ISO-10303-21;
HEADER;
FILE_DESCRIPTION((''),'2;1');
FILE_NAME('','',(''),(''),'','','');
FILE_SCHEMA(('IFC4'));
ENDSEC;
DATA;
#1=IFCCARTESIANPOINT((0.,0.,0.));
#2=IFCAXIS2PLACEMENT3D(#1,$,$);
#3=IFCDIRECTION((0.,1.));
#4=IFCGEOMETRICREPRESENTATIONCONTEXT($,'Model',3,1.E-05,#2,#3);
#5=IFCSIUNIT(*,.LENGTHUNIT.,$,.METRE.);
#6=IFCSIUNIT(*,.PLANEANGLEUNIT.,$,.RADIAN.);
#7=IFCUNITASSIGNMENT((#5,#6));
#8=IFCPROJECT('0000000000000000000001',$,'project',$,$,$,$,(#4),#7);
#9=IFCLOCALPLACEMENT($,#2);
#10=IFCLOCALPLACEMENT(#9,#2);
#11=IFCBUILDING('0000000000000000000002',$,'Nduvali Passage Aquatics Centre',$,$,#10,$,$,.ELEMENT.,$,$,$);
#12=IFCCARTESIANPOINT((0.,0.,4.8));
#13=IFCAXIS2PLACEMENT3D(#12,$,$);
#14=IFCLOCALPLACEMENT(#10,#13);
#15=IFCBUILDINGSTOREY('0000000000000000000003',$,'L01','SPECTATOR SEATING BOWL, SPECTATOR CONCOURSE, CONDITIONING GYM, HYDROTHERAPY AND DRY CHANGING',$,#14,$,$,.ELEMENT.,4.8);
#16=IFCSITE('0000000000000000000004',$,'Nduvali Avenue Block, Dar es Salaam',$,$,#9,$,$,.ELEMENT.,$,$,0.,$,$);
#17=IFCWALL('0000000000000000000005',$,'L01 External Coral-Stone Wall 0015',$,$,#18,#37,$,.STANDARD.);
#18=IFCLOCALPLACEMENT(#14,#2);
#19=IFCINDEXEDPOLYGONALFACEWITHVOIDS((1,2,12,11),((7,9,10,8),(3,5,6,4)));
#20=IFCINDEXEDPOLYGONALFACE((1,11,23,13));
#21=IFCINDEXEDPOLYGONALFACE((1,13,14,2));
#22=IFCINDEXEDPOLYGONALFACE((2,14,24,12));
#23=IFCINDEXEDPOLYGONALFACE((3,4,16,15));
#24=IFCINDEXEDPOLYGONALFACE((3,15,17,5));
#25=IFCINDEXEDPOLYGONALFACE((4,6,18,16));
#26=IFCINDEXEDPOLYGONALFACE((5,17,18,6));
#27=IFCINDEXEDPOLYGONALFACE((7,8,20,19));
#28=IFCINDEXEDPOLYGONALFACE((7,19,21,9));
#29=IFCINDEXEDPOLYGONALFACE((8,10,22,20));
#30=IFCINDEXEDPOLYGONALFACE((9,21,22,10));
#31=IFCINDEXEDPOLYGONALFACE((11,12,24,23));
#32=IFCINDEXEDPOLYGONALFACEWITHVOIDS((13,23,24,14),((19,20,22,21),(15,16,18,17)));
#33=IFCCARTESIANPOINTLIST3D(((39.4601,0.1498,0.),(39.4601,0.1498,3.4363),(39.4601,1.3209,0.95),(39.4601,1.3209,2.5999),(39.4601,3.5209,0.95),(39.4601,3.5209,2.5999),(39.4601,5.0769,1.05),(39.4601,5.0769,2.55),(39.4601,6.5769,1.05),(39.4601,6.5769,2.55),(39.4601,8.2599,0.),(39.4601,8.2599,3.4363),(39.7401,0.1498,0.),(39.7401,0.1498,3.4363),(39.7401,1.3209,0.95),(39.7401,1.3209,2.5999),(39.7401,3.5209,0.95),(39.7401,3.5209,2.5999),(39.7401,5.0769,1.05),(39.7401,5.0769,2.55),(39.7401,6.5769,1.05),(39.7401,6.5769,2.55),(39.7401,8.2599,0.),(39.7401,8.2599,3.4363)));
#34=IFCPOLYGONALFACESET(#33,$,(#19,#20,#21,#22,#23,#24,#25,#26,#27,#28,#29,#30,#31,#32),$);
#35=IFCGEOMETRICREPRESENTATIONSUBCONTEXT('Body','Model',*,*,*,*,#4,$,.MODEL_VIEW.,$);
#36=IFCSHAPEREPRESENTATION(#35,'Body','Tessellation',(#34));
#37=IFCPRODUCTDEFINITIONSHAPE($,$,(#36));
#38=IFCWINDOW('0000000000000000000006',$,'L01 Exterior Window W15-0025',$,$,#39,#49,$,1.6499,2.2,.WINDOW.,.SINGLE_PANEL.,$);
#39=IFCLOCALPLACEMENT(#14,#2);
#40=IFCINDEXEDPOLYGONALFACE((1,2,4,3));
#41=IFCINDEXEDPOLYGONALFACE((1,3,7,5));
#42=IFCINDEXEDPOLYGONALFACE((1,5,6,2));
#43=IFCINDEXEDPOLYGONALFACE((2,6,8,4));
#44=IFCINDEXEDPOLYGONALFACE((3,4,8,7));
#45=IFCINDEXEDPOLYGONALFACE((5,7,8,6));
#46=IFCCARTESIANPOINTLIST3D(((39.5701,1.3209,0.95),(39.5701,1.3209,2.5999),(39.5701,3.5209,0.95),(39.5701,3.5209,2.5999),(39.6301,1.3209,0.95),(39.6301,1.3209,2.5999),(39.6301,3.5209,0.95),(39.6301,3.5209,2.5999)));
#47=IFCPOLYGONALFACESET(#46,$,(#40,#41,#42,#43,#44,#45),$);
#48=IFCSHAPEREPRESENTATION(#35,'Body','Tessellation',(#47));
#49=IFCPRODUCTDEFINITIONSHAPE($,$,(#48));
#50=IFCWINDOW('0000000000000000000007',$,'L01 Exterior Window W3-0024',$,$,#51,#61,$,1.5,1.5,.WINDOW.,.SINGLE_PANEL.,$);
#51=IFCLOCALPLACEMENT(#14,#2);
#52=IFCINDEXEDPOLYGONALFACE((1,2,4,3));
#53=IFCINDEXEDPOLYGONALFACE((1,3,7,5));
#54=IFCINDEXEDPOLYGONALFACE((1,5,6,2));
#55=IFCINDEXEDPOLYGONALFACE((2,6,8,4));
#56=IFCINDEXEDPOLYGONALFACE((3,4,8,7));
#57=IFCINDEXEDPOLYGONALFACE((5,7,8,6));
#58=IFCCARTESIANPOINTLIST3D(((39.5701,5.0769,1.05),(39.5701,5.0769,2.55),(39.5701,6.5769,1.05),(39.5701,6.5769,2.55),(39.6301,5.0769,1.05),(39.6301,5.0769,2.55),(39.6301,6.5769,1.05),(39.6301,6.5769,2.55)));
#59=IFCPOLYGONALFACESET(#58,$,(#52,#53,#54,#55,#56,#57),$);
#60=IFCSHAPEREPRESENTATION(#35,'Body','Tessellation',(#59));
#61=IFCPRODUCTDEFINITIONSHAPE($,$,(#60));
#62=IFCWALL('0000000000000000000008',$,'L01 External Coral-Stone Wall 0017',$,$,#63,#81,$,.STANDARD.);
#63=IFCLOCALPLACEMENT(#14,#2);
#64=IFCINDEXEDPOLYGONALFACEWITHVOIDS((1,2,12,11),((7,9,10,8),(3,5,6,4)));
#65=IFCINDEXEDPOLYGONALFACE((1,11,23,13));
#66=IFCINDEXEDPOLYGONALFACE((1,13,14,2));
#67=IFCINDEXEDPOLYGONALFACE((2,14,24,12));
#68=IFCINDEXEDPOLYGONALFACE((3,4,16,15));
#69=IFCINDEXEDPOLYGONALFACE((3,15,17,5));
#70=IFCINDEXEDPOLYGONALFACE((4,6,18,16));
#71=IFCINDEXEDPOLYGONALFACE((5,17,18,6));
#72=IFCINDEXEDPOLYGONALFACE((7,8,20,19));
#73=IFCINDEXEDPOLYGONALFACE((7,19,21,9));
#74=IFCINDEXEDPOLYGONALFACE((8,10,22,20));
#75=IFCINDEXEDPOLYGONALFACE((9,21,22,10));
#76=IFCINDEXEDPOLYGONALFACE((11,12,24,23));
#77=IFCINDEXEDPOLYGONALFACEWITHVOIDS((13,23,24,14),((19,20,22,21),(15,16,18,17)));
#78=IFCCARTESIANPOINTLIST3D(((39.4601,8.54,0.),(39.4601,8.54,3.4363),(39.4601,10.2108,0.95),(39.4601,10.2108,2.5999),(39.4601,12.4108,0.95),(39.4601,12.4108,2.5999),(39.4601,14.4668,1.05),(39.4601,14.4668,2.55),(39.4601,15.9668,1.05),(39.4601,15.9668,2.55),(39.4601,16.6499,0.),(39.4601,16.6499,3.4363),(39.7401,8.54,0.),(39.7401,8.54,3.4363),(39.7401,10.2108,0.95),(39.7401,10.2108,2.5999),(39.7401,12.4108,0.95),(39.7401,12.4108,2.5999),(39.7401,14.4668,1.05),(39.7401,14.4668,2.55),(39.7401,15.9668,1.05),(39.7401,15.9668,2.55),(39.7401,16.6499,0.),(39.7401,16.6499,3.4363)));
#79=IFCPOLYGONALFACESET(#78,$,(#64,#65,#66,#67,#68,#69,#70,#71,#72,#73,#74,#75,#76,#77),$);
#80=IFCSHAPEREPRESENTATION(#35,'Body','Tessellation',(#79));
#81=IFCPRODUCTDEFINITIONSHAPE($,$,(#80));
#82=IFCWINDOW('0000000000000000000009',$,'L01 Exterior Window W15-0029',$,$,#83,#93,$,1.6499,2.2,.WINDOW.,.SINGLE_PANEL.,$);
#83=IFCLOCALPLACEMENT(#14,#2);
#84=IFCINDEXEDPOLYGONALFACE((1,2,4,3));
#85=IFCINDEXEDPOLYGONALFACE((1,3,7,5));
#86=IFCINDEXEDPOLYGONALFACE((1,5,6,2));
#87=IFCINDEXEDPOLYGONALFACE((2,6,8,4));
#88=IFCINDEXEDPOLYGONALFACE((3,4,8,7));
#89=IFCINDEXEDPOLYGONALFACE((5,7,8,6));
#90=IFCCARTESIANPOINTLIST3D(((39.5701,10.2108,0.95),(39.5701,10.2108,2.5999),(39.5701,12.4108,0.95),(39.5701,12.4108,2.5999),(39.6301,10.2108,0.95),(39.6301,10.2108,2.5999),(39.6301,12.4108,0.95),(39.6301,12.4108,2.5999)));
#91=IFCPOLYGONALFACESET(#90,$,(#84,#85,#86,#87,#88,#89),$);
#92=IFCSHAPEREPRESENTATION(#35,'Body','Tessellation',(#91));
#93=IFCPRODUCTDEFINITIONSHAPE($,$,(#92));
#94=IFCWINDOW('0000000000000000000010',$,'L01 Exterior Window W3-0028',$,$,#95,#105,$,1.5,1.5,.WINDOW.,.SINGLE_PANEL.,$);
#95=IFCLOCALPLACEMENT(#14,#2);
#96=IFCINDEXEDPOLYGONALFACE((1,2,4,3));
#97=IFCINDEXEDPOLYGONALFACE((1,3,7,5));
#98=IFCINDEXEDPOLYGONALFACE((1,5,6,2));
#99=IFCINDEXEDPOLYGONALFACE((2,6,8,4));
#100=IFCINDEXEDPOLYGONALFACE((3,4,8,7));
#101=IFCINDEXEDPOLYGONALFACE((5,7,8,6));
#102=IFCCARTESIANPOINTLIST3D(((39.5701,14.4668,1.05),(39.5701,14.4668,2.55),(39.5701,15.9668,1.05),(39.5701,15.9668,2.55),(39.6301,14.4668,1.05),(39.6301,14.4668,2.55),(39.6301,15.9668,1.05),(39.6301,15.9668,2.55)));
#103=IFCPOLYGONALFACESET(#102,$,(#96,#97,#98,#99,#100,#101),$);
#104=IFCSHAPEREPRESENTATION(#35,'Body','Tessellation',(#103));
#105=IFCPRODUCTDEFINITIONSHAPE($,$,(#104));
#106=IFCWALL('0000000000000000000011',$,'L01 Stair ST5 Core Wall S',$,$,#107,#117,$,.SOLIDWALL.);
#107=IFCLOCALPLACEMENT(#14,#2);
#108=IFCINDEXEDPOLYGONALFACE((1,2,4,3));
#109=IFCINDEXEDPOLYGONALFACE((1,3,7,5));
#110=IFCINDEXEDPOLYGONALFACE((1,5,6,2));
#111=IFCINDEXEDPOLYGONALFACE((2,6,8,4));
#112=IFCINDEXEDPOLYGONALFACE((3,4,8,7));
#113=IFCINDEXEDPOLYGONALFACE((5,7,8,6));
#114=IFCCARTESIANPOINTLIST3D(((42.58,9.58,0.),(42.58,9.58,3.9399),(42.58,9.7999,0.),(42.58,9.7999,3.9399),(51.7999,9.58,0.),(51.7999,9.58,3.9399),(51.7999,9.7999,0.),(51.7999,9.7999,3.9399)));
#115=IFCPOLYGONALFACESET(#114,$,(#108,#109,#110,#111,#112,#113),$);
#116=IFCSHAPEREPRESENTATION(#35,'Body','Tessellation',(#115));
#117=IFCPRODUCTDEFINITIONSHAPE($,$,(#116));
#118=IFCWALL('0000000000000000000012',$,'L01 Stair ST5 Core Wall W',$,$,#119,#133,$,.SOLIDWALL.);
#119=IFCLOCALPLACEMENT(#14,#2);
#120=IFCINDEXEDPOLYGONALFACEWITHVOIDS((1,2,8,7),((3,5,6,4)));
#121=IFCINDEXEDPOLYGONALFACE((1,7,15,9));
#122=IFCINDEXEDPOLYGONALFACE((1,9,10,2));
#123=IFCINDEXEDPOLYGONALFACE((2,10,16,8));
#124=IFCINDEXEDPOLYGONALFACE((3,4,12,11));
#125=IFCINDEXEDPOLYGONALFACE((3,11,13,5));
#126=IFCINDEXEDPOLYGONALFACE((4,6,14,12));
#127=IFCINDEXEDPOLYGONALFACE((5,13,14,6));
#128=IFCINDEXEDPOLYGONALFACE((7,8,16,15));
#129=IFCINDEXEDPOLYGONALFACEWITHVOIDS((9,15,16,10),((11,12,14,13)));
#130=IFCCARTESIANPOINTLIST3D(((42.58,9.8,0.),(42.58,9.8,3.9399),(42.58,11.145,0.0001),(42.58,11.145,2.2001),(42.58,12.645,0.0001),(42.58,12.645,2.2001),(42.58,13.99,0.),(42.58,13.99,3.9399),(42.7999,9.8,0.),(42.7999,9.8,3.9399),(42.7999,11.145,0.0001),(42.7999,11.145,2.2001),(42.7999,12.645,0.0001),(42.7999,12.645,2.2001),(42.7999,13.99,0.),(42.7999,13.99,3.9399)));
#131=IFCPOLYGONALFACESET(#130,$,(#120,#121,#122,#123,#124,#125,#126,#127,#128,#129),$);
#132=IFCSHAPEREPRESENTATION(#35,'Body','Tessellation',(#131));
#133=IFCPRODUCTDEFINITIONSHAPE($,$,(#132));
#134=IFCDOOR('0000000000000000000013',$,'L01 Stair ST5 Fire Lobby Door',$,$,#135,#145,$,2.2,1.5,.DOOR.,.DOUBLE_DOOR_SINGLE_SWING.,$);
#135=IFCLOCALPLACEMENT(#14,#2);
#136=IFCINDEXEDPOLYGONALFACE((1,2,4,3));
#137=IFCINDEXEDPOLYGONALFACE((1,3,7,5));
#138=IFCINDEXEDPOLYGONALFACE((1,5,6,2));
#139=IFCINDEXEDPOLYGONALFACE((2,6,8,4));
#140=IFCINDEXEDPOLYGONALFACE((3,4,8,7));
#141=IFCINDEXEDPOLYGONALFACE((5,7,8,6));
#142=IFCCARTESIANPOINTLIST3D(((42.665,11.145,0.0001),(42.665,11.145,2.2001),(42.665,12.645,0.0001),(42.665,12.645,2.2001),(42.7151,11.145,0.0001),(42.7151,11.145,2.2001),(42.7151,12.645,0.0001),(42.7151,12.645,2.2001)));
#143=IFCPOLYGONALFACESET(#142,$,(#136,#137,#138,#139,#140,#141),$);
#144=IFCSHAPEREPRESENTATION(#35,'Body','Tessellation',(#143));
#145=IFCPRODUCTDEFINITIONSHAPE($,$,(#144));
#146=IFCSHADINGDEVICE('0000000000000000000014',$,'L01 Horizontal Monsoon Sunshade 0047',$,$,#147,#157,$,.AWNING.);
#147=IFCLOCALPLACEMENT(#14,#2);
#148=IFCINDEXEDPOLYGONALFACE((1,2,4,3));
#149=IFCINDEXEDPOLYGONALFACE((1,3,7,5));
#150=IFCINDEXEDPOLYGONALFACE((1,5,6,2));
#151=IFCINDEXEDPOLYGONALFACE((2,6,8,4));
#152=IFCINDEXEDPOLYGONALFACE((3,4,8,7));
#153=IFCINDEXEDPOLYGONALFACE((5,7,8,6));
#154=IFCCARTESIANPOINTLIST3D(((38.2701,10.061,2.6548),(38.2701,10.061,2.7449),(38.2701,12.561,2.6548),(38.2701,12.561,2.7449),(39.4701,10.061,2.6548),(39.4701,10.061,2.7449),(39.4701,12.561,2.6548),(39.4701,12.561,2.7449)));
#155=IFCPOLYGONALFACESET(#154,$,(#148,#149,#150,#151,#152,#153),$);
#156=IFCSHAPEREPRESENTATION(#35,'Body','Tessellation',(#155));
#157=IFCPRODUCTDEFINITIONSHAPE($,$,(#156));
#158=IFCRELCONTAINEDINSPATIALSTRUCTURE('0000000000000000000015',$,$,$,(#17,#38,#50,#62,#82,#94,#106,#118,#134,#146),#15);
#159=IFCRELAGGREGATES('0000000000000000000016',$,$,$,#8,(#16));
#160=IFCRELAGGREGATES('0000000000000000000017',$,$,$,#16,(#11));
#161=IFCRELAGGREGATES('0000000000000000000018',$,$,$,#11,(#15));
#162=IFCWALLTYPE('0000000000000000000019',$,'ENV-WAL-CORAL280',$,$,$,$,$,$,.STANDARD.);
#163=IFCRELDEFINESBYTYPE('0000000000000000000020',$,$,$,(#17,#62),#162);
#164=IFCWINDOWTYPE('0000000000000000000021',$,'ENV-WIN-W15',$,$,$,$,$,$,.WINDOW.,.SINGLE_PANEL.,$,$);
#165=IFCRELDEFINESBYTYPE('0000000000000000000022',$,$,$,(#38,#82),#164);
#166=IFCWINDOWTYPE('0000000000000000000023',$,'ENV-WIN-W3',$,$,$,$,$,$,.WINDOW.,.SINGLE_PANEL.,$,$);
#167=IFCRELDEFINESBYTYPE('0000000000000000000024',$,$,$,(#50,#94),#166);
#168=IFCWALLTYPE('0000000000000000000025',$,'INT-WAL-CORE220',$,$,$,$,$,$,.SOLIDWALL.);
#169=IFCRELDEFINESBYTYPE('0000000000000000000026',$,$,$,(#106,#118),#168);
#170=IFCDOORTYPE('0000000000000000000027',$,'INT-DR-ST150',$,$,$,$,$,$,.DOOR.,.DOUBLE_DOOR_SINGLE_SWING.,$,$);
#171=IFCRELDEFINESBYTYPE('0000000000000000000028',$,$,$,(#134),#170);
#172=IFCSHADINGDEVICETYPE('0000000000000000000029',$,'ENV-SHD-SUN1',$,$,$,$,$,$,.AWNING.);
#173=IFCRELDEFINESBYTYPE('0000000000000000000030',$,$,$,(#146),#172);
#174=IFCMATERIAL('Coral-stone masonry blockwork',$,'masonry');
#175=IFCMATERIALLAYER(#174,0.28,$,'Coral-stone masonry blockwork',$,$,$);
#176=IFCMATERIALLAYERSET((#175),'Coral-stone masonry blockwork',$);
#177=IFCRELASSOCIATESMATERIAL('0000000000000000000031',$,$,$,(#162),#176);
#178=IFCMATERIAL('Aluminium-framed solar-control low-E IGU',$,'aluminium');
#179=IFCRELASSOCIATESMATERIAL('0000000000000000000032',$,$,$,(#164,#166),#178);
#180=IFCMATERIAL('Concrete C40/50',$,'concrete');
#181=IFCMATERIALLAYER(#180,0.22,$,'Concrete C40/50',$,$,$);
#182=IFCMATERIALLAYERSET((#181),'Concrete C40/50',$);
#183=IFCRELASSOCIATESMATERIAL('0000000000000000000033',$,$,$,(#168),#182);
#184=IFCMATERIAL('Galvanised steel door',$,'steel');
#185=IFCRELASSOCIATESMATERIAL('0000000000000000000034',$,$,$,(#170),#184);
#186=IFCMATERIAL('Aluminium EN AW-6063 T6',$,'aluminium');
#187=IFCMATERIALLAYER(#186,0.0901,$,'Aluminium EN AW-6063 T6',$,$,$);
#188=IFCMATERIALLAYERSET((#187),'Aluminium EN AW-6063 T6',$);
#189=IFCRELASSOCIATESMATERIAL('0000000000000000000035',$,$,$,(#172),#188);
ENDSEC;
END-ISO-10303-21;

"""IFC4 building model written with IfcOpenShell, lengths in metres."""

from ifc_helpers import new_model, si_unit, direction, frame, frame_2d, origin, origin_2d, place, context, subcontext, project, spatial, rectangle, extrude, material, layer, layer_set, type_object, element, fill, save


model = new_model("IFC4")

# Units and contexts
model_context = context("Model", 3, precision=1e-05, world=origin(), true_north=direction((0.0, 1.0)))
body_context = subcontext(model_context, "Body", "Model", "MODEL_VIEW")
ifc_project = project(units=[si_unit("LENGTHUNIT", "METRE"), si_unit("PLANEANGLEUNIT", "RADIAN")], contexts=[model_context])

# Site, building, storey
site_placement = place(None, origin())
site = spatial("IfcSite", under=ifc_project, at=site_placement, Name="Nduvali Avenue Block, Dar es Salaam", CompositionType="ELEMENT", RefElevation=0.0)
building_placement = place(site_placement, origin())
building = spatial("IfcBuilding", under=site, at=building_placement, Name="Nduvali Passage Aquatics Centre", CompositionType="ELEMENT")
storey_placement = place(building_placement, frame((0.0, 0.0, 4.8)))
storey = spatial("IfcBuildingStorey", under=building, at=storey_placement, Name="L01", Description="SPECTATOR SEATING BOWL, SPECTATOR CONCOURSE, CONDITIONING GYM, HYDROTHERAPY AND DRY CHANGING", CompositionType="ELEMENT", Elevation=4.8)

# Walls, openings, windows
ifc_material_1 = material(Name="Coral-stone masonry blockwork", Category="masonry")
ifc_layer_1 = layer(ifc_material_1, 0.28, Name="Coral-stone masonry blockwork")
ifc_layer_set_1 = layer_set([ifc_layer_1], Name="Coral-stone masonry blockwork")
wall_type_1 = type_object("IfcWallType", Name="ENV-WAL-CORAL280", PredefinedType="STANDARD", material=ifc_layer_set_1)
wall_1_placement = place(storey_placement, frame((39.6001, 8.26, 0.0), z_axis=(0.0, 0.0, 1.0), x_axis=(0.0, -1.0, 0.0)))
wall_1 = element("IfcWall", 1, at=wall_1_placement, inside=storey, type_object=wall_type_1, Name="L01 External Coral-Stone Wall 0015", PredefinedType="STANDARD", context=body_context, shape_type="SweptSolid", body=[
    extrude(rectangle(XDim=8.1101, YDim=0.28, at=frame_2d((4.0552, 0.0))), origin(), (0.0, 0.0, 1.0), 3.4363),
])
opening_1_placement = place(wall_1_placement, frame((1.6831, 0.0, 1.05)))
opening_1 = element("IfcOpeningElement", 2, at=opening_1_placement, cuts=wall_1, PredefinedType="OPENING", context=body_context, shape_type="SweptSolid", body=[
    extrude(rectangle(XDim=1.5, YDim=1.5, at=frame_2d((0.75, 0.75))), frame((0.0, 0.1548, 0.0), z_axis=(0.0, -1.0, 0.0), x_axis=(1.0, 0.0, 0.0)), (0.0, 0.0, 1.0), 0.3098),
])
opening_2_placement = place(wall_1_placement, frame((4.739, 0.0, 0.95)))
opening_2 = element("IfcOpeningElement", 3, at=opening_2_placement, cuts=wall_1, PredefinedType="OPENING", context=body_context, shape_type="SweptSolid", body=[
    extrude(rectangle(XDim=2.2, YDim=1.6499, at=frame_2d((1.1001, 0.825))), frame((0.0, 0.1548, 0.0), z_axis=(0.0, -1.0, 0.0), x_axis=(1.0, 0.0, 0.0)), (0.0, 0.0, 1.0), 0.3098),
])
ifc_material_2 = material(Name="Aluminium-framed solar-control low-E IGU", Category="aluminium")
window_type_1 = type_object("IfcWindowType", Name="ENV-WIN-W15", PartitioningType="SINGLE_PANEL", PredefinedType="WINDOW", material=ifc_material_2)
window_1_placement = place(opening_2_placement, origin())
window_1 = element("IfcWindow", 4, at=window_1_placement, inside=storey, type_object=window_type_1, Name="L01 Exterior Window W15-0025", OverallHeight=1.6499, OverallWidth=2.2, PartitioningType="SINGLE_PANEL", PredefinedType="WINDOW", context=body_context, shape_type="SweptSolid", body=[
    extrude(rectangle(XDim=2.2, YDim=1.6499, at=frame_2d((1.1001, 0.825))), frame((0.0, 0.03, 0.0), z_axis=(0.0, -1.0, 0.0), x_axis=(1.0, 0.0, 0.0)), (0.0, 0.0, 1.0), 0.0601),
])
fill(opening_2, window_1)
window_type_2 = type_object("IfcWindowType", Name="ENV-WIN-W3", PartitioningType="SINGLE_PANEL", PredefinedType="WINDOW", material=ifc_material_2)
window_2_placement = place(opening_1_placement, origin())
window_2 = element("IfcWindow", 5, at=window_2_placement, inside=storey, type_object=window_type_2, Name="L01 Exterior Window W3-0024", OverallHeight=1.5, OverallWidth=1.5, PartitioningType="SINGLE_PANEL", PredefinedType="WINDOW", context=body_context, shape_type="SweptSolid", body=[
    extrude(rectangle(XDim=1.5, YDim=1.5, at=frame_2d((0.75, 0.75))), frame((0.0, 0.03, 0.0), z_axis=(0.0, -1.0, 0.0), x_axis=(1.0, 0.0, 0.0)), (0.0, 0.0, 1.0), 0.0601),
])
fill(opening_1, window_2)
wall_2_placement = place(storey_placement, frame((39.6001, 16.6499, 0.0), z_axis=(0.0, 0.0, 1.0), x_axis=(0.0, -1.0, 0.0)))
wall_2 = element("IfcWall", 6, at=wall_2_placement, inside=storey, type_object=wall_type_1, Name="L01 External Coral-Stone Wall 0017", PredefinedType="STANDARD", context=body_context, shape_type="SweptSolid", body=[
    extrude(rectangle(XDim=8.1099, YDim=0.28, at=frame_2d((4.0549, 0.0))), origin(), (0.0, 0.0, 1.0), 3.4363),
])
opening_3_placement = place(wall_2_placement, frame((0.6831, 0.0, 1.05)))
opening_3 = element("IfcOpeningElement", 7, at=opening_3_placement, cuts=wall_2, PredefinedType="OPENING", context=body_context, shape_type="SweptSolid", body=[
    extrude(rectangle(XDim=1.5, YDim=1.5, at=frame_2d((0.75, 0.75))), frame((0.0, 0.1548, 0.0), z_axis=(0.0, -1.0, 0.0), x_axis=(1.0, 0.0, 0.0)), (0.0, 0.0, 1.0), 0.3098),
])
opening_4_placement = place(wall_2_placement, frame((4.239, 0.0, 0.95)))
opening_4 = element("IfcOpeningElement", 8, at=opening_4_placement, cuts=wall_2, PredefinedType="OPENING", context=body_context, shape_type="SweptSolid", body=[
    extrude(rectangle(XDim=2.2, YDim=1.6499, at=frame_2d((1.1001, 0.825))), frame((0.0, 0.1548, 0.0), z_axis=(0.0, -1.0, 0.0), x_axis=(1.0, 0.0, 0.0)), (0.0, 0.0, 1.0), 0.3098),
])
window_3_placement = place(opening_4_placement, origin())
window_3 = element("IfcWindow", 9, at=window_3_placement, inside=storey, type_object=window_type_1, Name="L01 Exterior Window W15-0029", OverallHeight=1.6499, OverallWidth=2.2, PartitioningType="SINGLE_PANEL", PredefinedType="WINDOW", context=body_context, shape_type="SweptSolid", body=[
    extrude(rectangle(XDim=2.2, YDim=1.6499, at=frame_2d((1.1001, 0.825))), frame((0.0, 0.03, 0.0), z_axis=(0.0, -1.0, 0.0), x_axis=(1.0, 0.0, 0.0)), (0.0, 0.0, 1.0), 0.0601),
])
fill(opening_4, window_3)
window_4_placement = place(opening_3_placement, origin())
window_4 = element("IfcWindow", 10, at=window_4_placement, inside=storey, type_object=window_type_2, Name="L01 Exterior Window W3-0028", OverallHeight=1.5, OverallWidth=1.5, PartitioningType="SINGLE_PANEL", PredefinedType="WINDOW", context=body_context, shape_type="SweptSolid", body=[
    extrude(rectangle(XDim=1.5, YDim=1.5, at=frame_2d((0.75, 0.75))), frame((0.0, 0.03, 0.0), z_axis=(0.0, -1.0, 0.0), x_axis=(1.0, 0.0, 0.0)), (0.0, 0.0, 1.0), 0.0601),
])
fill(opening_3, window_4)

# Wall
ifc_material_3 = material(Name="Concrete C40/50", Category="concrete")
ifc_layer_2 = layer(ifc_material_3, 0.22, Name="Concrete C40/50")
ifc_layer_set_2 = layer_set([ifc_layer_2], Name="Concrete C40/50")
wall_type_2 = type_object("IfcWallType", Name="INT-WAL-CORE220", PredefinedType="SOLIDWALL", material=ifc_layer_set_2)
wall_3_placement = place(storey_placement, frame((42.5801, 9.6899, 0.0), z_axis=(0.0, 0.0, 1.0), x_axis=(1.0, 0.0, 0.0)))
element("IfcWall", 11, at=wall_3_placement, inside=storey, type_object=wall_type_2, Name="L01 Stair ST5 Core Wall S", PredefinedType="SOLIDWALL", context=body_context, shape_type="SweptSolid", body=[
    extrude(rectangle(XDim=9.22, YDim=0.22, at=frame_2d((4.6099, 0.0))), origin(), (0.0, 0.0, 1.0), 3.9399),
])

# Wall, opening, door
wall_4_placement = place(storey_placement, frame((42.6899, 13.99, 0.0), z_axis=(0.0, 0.0, 1.0), x_axis=(0.0, -1.0, 0.0)))
wall_4 = element("IfcWall", 12, at=wall_4_placement, inside=storey, type_object=wall_type_2, Name="L01 Stair ST5 Core Wall W", PredefinedType="SOLIDWALL", context=body_context, shape_type="SweptSolid", body=[
    extrude(rectangle(XDim=4.1899, YDim=0.22, at=frame_2d((2.095, 0.0))), origin(), (0.0, 0.0, 1.0), 3.9399),
])
opening_5_placement = place(wall_4_placement, frame((1.345, 0.0, 0.0)))
opening_5 = element("IfcOpeningElement", 13, at=opening_5_placement, cuts=wall_4, PredefinedType="OPENING", context=body_context, shape_type="SweptSolid", body=[
    extrude(rectangle(XDim=1.5, YDim=2.2, at=frame_2d((0.75, 1.1001))), frame((0.0, 0.125, 0.0), z_axis=(0.0, -1.0, 0.0), x_axis=(1.0, 0.0, 0.0)), (0.0, 0.0, 1.0), 0.2498),
])
ifc_material_4 = material(Name="Galvanised steel door", Category="steel")
door_type = type_object("IfcDoorType", Name="INT-DR-ST150", OperationType="DOUBLE_DOOR_SINGLE_SWING", PredefinedType="DOOR", material=ifc_material_4)
door_placement = place(opening_5_placement, frame((1.5, 0.0, 0.0), z_axis=(0.0, 0.0, 1.0), x_axis=(-1.0, 0.0, 0.0)))
door = element("IfcDoor", 14, at=door_placement, inside=storey, type_object=door_type, Name="L01 Stair ST5 Fire Lobby Door", OperationType="DOUBLE_DOOR_SINGLE_SWING", OverallHeight=2.2, OverallWidth=1.5, PredefinedType="DOOR", context=body_context, shape_type="SweptSolid", body=[
    extrude(rectangle(XDim=1.5, YDim=2.2, at=frame_2d((0.75, 1.1001))), frame((0.0, 0.0249, 0.0), z_axis=(0.0, -1.0, 0.0), x_axis=(1.0, 0.0, 0.0)), (0.0, 0.0, 1.0), 0.05),
])
fill(opening_5, door)

# Shading device
ifc_material_5 = material(Name="Aluminium EN AW-6063 T6", Category="aluminium")
ifc_layer_3 = layer(ifc_material_5, 0.0901, Name="Aluminium EN AW-6063 T6")
ifc_layer_set_3 = layer_set([ifc_layer_3], Name="Aluminium EN AW-6063 T6")
shading_device_type_1 = type_object("IfcShadingDeviceType", Name="ENV-SHD-SUN1", PredefinedType="AWNING", material=ifc_layer_set_3)
shading_device_1_placement = place(storey_placement, frame((38.8701, 11.311, 2.6548), z_axis=(0.0, 0.0, 1.0), x_axis=(0.0, -1.0, 0.0)))
element("IfcShadingDevice", 15, at=shading_device_1_placement, inside=storey, type_object=shading_device_type_1, Name="L01 Horizontal Monsoon Sunshade 0047", PredefinedType="AWNING", context=body_context, shape_type="SweptSolid", body=[
    extrude(rectangle(XDim=2.5, YDim=1.2, at=origin_2d()), origin(), (0.0, 0.0, 1.0), 0.0901),
])

save(model, "model.ifc")
